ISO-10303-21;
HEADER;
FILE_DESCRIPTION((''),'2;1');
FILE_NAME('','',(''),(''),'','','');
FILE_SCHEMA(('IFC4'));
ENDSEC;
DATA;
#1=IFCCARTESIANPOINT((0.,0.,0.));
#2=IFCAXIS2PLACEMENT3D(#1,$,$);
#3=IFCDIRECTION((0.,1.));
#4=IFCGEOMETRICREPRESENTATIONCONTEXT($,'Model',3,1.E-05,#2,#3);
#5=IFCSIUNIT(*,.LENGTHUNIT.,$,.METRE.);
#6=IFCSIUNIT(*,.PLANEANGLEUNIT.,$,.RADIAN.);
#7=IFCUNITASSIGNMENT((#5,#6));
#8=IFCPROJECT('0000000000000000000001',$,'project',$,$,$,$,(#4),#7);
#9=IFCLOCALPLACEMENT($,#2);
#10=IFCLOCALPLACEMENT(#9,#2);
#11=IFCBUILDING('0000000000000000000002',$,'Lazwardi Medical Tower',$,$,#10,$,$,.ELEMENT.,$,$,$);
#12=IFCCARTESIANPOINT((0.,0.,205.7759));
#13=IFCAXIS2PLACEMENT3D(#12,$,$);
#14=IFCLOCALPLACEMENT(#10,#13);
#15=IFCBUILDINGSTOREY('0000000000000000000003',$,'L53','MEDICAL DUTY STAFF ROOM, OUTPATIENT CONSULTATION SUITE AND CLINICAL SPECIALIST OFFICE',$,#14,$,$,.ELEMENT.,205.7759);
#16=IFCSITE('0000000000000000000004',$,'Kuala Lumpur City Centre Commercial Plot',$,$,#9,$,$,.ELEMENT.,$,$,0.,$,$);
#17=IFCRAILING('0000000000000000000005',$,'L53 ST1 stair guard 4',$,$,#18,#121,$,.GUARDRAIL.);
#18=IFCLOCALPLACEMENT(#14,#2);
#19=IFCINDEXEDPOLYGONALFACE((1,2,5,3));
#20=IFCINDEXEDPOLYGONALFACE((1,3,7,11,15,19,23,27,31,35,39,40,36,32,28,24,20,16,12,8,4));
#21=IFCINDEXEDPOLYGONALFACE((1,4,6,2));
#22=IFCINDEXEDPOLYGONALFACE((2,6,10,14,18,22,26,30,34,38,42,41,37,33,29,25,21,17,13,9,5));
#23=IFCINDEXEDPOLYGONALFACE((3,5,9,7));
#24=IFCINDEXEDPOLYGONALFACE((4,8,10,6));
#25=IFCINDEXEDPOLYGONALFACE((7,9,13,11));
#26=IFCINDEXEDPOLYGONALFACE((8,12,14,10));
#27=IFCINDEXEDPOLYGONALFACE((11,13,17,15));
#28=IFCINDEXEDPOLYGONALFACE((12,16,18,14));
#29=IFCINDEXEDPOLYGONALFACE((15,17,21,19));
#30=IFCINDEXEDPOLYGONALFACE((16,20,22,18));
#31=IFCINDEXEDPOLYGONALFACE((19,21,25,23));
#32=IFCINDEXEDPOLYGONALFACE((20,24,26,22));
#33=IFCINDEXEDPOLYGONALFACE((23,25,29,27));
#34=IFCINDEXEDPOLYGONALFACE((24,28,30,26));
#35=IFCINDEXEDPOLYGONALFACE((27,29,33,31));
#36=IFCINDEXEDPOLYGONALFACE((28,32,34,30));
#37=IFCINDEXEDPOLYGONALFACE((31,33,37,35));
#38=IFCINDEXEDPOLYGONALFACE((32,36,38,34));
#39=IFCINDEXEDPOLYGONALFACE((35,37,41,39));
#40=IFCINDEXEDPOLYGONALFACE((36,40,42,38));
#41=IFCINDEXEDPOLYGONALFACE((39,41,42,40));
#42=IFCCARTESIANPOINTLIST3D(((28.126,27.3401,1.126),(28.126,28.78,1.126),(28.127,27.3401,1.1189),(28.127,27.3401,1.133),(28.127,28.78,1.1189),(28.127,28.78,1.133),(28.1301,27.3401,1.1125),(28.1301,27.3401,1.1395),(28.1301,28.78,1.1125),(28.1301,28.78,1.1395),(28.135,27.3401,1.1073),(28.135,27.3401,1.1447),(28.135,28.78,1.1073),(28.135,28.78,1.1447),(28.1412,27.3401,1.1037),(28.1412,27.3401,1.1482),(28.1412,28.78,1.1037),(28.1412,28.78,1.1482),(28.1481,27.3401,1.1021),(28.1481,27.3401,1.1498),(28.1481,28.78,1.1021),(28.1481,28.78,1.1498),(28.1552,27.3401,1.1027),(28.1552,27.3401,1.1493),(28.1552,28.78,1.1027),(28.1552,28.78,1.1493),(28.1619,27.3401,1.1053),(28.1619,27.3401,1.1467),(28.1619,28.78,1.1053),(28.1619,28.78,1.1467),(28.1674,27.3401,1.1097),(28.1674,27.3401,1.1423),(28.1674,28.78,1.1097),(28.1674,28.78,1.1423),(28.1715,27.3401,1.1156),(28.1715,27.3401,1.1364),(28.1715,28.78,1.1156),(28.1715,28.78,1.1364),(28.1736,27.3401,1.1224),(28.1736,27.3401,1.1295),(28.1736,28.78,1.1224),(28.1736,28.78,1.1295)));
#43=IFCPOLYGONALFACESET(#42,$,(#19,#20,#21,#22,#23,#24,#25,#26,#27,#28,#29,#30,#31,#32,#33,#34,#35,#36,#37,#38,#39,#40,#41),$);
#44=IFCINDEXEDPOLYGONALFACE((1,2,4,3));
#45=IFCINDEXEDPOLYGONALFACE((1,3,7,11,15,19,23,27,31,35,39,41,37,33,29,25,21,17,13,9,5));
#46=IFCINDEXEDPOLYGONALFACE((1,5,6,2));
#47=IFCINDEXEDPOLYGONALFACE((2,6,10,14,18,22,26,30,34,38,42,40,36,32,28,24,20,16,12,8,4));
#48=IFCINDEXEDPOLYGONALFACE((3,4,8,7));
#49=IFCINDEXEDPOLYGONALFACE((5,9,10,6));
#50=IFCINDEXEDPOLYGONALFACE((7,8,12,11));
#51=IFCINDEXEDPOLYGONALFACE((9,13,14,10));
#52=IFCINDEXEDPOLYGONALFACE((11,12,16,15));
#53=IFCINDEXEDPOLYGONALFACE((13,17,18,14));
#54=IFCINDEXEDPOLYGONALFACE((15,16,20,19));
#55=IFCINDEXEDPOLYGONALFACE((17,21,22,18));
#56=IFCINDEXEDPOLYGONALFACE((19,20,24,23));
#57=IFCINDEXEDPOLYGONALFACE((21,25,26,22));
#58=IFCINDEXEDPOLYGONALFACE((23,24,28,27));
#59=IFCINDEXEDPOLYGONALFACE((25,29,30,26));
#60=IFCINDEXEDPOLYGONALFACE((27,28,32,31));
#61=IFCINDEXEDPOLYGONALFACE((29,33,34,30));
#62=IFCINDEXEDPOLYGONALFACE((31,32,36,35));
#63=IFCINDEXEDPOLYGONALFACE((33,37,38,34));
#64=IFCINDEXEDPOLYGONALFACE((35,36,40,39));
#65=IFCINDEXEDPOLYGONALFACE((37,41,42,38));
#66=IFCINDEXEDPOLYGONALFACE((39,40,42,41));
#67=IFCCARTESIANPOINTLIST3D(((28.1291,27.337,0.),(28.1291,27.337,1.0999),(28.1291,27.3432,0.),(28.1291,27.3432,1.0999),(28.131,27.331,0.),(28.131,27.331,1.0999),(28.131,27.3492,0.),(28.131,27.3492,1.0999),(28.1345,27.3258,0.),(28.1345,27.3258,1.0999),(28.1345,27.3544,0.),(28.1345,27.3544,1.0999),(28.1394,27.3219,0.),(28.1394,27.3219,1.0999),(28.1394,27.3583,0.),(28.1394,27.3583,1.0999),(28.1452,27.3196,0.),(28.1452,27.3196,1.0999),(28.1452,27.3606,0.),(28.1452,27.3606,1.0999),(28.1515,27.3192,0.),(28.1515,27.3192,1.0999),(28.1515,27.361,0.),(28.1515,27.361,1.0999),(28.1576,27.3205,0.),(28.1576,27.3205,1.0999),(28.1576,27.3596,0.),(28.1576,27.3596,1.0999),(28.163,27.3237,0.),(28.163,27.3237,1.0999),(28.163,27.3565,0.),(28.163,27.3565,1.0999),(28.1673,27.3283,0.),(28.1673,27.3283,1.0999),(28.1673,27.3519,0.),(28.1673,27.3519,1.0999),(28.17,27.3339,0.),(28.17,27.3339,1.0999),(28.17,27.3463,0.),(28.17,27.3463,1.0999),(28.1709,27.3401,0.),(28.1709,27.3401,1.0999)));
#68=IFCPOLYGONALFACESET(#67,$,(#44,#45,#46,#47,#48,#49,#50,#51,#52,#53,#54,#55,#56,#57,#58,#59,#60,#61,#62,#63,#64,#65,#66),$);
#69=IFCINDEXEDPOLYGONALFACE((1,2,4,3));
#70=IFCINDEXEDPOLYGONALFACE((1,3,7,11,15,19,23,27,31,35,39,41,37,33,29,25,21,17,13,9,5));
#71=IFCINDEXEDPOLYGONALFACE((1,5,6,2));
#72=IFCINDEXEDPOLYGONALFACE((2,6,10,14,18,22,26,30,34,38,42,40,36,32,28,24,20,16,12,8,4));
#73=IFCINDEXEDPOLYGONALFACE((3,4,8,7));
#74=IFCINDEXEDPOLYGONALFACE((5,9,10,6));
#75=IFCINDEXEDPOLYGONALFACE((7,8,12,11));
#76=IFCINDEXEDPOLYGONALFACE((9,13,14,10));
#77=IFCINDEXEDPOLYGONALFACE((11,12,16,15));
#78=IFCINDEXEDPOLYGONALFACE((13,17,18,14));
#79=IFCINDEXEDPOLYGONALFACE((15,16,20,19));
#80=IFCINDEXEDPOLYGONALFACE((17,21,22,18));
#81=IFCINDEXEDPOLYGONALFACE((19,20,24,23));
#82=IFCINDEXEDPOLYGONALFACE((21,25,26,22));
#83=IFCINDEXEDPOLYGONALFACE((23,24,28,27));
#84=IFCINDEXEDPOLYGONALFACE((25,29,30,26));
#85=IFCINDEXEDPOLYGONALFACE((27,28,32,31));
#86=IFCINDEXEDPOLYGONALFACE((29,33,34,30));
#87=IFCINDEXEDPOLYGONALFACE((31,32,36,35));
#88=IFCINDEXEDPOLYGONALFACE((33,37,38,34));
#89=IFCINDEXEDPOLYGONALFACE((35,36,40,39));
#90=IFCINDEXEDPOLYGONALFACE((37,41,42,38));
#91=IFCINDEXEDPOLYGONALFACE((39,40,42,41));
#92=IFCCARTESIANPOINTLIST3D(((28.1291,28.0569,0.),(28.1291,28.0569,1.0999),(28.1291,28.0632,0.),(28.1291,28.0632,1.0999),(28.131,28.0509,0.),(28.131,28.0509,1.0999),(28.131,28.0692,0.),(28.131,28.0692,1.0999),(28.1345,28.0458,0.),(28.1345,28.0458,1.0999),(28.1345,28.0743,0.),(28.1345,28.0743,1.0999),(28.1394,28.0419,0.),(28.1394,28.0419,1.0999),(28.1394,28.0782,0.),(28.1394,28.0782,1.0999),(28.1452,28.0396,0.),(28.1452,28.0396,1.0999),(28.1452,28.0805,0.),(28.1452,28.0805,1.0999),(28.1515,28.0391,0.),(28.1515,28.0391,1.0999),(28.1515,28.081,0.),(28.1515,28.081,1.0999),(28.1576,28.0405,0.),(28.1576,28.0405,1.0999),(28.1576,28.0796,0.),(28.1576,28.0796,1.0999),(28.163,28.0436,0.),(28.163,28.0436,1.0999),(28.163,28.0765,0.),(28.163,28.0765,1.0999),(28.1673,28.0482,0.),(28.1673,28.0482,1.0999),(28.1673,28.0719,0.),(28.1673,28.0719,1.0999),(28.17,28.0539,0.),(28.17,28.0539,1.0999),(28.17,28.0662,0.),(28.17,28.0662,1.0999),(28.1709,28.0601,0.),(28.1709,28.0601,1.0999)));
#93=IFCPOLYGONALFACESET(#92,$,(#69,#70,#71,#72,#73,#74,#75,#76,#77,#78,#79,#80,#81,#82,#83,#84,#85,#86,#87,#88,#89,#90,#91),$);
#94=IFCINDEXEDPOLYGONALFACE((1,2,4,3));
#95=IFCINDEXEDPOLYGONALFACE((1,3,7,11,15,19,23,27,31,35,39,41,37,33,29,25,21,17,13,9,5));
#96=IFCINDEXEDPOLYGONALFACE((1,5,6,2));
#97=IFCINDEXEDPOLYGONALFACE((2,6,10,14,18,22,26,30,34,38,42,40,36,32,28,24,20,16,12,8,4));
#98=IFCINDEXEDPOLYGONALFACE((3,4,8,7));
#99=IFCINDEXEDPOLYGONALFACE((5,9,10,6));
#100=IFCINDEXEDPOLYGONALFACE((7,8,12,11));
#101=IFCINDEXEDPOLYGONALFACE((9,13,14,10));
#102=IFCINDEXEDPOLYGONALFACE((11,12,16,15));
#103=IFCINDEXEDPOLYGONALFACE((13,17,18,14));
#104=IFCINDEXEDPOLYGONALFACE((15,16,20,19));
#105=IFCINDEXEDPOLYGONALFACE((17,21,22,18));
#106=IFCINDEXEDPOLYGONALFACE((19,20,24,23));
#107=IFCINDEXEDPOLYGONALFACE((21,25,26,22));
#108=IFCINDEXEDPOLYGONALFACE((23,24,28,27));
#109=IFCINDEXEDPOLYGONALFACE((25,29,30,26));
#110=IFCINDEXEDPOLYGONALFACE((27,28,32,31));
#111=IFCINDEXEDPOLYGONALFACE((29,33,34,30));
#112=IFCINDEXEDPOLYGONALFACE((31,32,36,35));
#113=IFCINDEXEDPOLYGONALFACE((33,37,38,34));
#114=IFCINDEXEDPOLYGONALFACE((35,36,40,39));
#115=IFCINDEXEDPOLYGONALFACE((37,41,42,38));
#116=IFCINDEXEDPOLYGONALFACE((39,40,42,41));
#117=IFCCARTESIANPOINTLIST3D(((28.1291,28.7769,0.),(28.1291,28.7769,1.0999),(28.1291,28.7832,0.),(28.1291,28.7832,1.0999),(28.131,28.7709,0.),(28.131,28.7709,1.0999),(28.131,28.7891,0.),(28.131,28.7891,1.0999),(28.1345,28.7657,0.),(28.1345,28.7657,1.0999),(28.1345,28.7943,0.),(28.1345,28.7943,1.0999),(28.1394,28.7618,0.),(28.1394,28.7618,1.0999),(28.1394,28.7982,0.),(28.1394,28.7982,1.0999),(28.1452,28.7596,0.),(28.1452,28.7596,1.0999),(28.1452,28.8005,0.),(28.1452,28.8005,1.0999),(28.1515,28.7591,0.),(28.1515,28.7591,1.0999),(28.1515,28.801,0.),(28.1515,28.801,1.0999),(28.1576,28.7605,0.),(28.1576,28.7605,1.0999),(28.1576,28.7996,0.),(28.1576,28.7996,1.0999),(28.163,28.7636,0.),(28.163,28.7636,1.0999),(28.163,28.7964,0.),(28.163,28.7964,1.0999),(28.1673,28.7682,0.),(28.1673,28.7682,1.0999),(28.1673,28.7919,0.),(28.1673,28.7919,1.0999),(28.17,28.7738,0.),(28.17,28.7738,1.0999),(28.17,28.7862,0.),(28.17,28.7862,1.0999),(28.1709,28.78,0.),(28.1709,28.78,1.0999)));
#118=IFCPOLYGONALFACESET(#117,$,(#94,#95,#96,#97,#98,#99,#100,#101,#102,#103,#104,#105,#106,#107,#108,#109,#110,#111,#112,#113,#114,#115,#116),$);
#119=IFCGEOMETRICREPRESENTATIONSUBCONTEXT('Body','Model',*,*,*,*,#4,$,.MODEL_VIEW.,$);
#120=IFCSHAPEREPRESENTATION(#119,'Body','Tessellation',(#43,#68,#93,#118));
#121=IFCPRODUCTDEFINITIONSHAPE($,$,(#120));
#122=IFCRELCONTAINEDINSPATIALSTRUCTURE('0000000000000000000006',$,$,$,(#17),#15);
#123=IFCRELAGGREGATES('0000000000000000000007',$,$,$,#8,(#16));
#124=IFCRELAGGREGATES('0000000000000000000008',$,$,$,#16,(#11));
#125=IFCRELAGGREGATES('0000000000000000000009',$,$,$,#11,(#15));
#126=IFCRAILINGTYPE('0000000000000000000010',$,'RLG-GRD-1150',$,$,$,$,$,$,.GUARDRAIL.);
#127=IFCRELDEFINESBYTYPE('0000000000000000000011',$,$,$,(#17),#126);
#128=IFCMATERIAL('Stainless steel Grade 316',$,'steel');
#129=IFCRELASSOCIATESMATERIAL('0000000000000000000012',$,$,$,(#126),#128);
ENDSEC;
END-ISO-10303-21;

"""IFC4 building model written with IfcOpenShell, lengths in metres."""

from ifc_helpers import new_model, si_unit, direction, frame, origin, origin_2d, place, context, subcontext, project, spatial, circle, extrude, material, type_object, element, save


model = new_model("IFC4")

# Units and contexts
model_context = context("Model", 3, precision=1e-05, world=origin(), true_north=direction((0.0, 1.0)))
body_context = subcontext(model_context, "Body", "Model", "MODEL_VIEW")
ifc_project = project(units=[si_unit("LENGTHUNIT", "METRE"), si_unit("PLANEANGLEUNIT", "RADIAN")], contexts=[model_context])

# Site, building, storey
site_placement = place(None, origin())
site = spatial("IfcSite", under=ifc_project, at=site_placement, Name="Kuala Lumpur City Centre Commercial Plot", CompositionType="ELEMENT", RefElevation=0.0)
building_placement = place(site_placement, origin())
building = spatial("IfcBuilding", under=site, at=building_placement, Name="Lazwardi Medical Tower", CompositionType="ELEMENT")
storey_placement = place(building_placement, frame((0.0, 0.0, 205.7759)))
storey = spatial("IfcBuildingStorey", under=building, at=storey_placement, Name="L53", Description="MEDICAL DUTY STAFF ROOM, OUTPATIENT CONSULTATION SUITE AND CLINICAL SPECIALIST OFFICE", CompositionType="ELEMENT", Elevation=205.7759)

# Railing
ifc_material_1 = material(Name="Stainless steel Grade 316", Category="steel")
railing_type = type_object("IfcRailingType", Name="RLG-GRD-1150", PredefinedType="GUARDRAIL", material=ifc_material_1)
railing_placement = place(storey_placement, frame((28.1499, 27.3401, 0.0)))
element("IfcRailing", 1, at=railing_placement, inside=storey, type_object=railing_type, Name="L53 ST1 stair guard 4", PredefinedType="GUARDRAIL", context=body_context, shape_type="SweptSolid", body=[
    extrude(circle(Radius=0.0239, at=origin_2d()), frame((0.0, 0.0, 1.126), z_axis=(0.0, 1.0, 0.0), x_axis=(-1.0, 0.0, 0.0)), (0.0, 0.0, 1.0), 1.4399),
    extrude(circle(Radius=0.021, at=origin_2d()), origin(), (0.0, 0.0, 1.0), 1.0999),
    extrude(circle(Radius=0.021, at=origin_2d()), frame((0.0, 0.72, 0.0)), (0.0, 0.0, 1.0), 1.0999),
    extrude(circle(Radius=0.021, at=origin_2d()), frame((0.0, 1.4399, 0.0)), (0.0, 0.0, 1.0), 1.0999),
])

save(model, "model.ifc")
